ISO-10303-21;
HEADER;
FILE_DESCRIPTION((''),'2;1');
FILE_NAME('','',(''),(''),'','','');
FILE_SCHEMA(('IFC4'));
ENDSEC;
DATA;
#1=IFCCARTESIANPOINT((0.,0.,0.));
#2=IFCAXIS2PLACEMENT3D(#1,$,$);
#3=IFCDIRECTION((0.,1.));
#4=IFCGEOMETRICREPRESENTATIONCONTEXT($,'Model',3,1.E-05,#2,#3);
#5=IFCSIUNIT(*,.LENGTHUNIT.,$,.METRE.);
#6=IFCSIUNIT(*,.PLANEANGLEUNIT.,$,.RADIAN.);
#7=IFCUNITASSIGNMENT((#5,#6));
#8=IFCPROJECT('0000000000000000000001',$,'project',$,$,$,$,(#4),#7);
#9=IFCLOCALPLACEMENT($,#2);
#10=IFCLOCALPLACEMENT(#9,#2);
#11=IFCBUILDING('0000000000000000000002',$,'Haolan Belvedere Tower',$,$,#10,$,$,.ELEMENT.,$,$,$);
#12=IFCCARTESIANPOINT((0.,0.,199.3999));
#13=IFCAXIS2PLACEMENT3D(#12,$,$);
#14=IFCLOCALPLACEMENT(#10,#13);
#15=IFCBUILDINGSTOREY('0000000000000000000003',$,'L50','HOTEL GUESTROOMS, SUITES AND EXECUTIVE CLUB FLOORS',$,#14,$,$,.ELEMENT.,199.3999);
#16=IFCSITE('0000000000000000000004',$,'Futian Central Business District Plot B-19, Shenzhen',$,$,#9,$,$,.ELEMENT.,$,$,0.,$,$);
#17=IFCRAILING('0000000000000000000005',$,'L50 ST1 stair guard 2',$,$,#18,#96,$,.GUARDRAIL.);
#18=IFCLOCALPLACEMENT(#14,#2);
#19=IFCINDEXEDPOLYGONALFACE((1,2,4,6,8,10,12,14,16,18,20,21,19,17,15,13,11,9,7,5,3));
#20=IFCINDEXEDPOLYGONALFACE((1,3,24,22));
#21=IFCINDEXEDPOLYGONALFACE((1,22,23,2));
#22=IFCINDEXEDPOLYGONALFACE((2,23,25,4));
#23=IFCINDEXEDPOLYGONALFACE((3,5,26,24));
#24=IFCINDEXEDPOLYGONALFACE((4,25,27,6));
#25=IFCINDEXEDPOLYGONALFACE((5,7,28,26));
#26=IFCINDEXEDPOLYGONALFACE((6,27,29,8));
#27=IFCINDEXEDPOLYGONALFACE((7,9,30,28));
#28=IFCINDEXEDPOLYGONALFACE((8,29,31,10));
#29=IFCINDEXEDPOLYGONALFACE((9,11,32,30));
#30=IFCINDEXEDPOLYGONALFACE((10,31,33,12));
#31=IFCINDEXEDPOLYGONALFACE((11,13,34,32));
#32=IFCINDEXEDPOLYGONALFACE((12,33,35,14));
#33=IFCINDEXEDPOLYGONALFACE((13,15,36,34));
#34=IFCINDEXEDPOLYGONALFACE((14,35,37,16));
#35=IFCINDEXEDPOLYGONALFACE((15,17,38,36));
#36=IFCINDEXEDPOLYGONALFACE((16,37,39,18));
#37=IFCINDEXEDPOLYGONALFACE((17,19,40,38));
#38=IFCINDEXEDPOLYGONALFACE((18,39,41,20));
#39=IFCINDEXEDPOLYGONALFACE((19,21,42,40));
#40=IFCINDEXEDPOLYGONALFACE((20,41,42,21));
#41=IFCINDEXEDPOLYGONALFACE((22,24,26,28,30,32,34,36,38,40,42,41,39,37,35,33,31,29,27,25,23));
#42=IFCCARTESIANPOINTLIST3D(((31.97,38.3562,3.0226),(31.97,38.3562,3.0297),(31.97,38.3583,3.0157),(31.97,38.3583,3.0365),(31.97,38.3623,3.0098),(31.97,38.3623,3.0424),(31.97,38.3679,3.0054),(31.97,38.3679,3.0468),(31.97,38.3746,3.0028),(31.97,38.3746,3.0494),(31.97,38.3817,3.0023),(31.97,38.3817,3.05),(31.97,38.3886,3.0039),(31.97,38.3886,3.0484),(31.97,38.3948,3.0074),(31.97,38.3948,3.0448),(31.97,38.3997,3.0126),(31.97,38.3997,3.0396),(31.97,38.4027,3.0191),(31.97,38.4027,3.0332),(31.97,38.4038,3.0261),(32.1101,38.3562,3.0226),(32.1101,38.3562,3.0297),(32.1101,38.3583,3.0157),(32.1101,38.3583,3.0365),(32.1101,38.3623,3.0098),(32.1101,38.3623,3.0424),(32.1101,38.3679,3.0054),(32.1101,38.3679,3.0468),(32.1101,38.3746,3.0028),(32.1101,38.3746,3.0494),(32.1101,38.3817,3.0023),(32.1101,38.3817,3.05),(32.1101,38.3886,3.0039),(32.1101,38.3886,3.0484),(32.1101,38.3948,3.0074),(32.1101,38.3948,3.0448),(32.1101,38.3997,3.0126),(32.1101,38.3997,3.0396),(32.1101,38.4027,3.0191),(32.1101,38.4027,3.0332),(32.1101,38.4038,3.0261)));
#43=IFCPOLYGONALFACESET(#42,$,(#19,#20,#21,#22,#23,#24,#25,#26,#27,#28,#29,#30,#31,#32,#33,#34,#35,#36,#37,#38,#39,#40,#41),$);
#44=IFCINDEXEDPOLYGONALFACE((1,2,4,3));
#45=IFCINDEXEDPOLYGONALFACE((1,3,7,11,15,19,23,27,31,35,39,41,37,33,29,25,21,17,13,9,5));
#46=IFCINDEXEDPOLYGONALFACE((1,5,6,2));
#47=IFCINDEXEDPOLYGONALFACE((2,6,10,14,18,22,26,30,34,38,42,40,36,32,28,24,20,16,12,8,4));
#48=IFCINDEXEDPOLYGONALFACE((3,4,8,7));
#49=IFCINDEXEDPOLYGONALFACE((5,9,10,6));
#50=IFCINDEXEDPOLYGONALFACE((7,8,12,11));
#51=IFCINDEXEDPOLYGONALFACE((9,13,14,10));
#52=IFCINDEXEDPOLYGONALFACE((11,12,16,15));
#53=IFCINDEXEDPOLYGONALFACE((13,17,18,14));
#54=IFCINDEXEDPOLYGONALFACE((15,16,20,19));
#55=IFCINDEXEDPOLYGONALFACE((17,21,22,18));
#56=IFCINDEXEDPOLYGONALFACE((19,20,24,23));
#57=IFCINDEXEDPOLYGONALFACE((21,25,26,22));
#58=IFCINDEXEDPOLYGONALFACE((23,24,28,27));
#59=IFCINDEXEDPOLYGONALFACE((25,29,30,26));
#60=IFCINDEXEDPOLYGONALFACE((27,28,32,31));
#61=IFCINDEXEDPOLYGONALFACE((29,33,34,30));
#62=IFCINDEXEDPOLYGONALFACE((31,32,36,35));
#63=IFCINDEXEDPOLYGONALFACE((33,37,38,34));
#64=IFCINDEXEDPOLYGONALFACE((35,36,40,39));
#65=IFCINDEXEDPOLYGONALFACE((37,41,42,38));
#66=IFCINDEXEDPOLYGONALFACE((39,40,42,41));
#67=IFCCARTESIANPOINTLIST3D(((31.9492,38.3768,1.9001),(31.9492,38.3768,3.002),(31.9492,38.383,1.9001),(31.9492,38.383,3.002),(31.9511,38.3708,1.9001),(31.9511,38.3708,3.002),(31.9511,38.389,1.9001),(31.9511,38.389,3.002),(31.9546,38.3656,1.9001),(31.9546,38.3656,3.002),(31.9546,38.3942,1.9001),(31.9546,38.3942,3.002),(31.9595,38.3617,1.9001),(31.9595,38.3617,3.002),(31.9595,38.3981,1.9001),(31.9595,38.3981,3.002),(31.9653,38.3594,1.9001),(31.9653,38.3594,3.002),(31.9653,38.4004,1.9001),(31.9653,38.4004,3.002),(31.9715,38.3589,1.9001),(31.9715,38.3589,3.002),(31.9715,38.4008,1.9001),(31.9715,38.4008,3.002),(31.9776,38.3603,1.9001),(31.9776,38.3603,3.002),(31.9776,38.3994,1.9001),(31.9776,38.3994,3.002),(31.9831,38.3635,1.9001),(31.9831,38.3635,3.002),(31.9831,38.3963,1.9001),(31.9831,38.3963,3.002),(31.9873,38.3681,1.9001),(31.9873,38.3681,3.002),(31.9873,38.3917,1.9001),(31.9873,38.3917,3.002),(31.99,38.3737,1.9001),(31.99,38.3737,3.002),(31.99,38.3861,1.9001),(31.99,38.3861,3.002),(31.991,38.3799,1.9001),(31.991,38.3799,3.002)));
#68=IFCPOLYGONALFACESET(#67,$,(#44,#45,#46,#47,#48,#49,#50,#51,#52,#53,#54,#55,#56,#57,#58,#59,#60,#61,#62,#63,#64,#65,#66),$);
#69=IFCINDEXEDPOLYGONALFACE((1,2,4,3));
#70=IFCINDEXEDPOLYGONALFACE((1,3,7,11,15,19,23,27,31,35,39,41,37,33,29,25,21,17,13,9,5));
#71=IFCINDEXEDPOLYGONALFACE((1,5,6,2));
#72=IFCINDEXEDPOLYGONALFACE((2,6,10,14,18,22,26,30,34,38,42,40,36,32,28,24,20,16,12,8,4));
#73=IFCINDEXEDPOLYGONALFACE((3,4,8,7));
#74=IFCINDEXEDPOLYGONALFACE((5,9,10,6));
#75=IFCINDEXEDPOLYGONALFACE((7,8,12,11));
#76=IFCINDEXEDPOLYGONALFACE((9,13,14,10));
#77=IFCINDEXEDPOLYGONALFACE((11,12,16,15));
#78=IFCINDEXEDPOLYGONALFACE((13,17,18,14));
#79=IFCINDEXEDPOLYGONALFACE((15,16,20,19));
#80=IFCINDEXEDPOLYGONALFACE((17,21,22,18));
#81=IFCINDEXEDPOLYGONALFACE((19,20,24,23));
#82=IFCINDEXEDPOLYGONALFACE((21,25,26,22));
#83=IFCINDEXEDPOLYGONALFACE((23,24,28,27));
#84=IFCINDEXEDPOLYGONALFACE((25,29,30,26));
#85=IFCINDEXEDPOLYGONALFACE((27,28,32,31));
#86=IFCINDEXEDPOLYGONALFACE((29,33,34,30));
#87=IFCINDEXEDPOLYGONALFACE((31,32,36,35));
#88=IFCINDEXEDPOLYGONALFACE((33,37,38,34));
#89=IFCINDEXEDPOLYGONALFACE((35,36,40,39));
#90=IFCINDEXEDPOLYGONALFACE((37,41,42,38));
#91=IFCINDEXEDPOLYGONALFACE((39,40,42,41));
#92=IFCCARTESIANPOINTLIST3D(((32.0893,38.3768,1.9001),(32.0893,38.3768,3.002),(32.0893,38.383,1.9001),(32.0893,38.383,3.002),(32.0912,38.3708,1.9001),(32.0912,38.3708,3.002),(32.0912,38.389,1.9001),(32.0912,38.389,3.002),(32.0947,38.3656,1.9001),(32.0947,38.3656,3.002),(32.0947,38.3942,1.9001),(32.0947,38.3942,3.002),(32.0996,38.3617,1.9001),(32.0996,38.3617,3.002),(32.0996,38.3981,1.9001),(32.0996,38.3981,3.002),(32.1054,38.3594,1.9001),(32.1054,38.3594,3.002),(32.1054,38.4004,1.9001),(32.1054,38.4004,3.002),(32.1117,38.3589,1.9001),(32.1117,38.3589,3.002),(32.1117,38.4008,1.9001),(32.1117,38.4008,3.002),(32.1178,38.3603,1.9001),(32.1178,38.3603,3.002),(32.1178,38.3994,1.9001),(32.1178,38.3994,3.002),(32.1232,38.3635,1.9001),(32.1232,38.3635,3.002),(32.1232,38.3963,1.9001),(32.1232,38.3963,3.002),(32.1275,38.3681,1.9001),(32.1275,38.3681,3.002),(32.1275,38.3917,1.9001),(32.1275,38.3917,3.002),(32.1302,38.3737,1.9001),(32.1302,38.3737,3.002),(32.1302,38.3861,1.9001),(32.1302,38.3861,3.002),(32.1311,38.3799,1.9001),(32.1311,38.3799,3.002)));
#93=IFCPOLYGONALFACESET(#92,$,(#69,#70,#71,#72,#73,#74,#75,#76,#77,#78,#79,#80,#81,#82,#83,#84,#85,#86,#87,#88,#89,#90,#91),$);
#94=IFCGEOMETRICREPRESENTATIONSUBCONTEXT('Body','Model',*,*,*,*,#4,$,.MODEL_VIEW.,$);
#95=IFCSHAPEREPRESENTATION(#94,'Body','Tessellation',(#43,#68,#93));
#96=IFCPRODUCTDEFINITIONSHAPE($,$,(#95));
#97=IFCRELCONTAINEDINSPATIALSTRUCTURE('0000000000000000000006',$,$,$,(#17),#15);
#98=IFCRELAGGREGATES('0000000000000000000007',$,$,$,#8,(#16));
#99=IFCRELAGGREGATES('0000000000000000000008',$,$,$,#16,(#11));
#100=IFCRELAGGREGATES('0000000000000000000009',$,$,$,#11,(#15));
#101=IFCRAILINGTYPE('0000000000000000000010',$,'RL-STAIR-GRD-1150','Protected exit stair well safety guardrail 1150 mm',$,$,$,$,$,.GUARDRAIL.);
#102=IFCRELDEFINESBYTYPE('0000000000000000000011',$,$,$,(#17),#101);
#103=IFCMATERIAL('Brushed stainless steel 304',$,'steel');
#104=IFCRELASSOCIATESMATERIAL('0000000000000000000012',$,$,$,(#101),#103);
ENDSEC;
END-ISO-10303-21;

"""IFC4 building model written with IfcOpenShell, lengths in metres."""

from ifc_helpers import new_model, si_unit, direction, frame, origin, origin_2d, place, context, subcontext, project, spatial, circle, extrude, material, type_object, element, save


model = new_model("IFC4")

# Units and contexts
model_context = context("Model", 3, precision=1e-05, world=origin(), true_north=direction((0.0, 1.0)))
body_context = subcontext(model_context, "Body", "Model", "MODEL_VIEW")
ifc_project = project(units=[si_unit("LENGTHUNIT", "METRE"), si_unit("PLANEANGLEUNIT", "RADIAN")], contexts=[model_context])

# Site, building, storey
site_placement = place(None, origin())
site = spatial("IfcSite", under=ifc_project, at=site_placement, Name="Futian Central Business District Plot B-19, Shenzhen", CompositionType="ELEMENT", RefElevation=0.0)
building_placement = place(site_placement, origin())
building = spatial("IfcBuilding", under=site, at=building_placement, Name="Haolan Belvedere Tower", CompositionType="ELEMENT")
storey_placement = place(building_placement, frame((0.0, 0.0, 199.3999)))
storey = spatial("IfcBuildingStorey", under=building, at=storey_placement, Name="L50", Description="HOTEL GUESTROOMS, SUITES AND EXECUTIVE CLUB FLOORS", CompositionType="ELEMENT", Elevation=199.3999)

# Railing
ifc_material_1 = material(Name="Brushed stainless steel 304", Category="steel")
railing_type_1 = type_object("IfcRailingType", Name="RL-STAIR-GRD-1150", Description="Protected exit stair well safety guardrail 1150 mm", PredefinedType="GUARDRAIL", material=ifc_material_1)
railing_1_placement = place(storey_placement, frame((31.97, 38.3799, 1.9001)))
element("IfcRailing", 1, at=railing_1_placement, inside=storey, type_object=railing_type_1, Name="L50 ST1 stair guard 2", PredefinedType="GUARDRAIL", context=body_context, shape_type="SweptSolid", body=[
    extrude(circle(Radius=0.0239, at=origin_2d()), frame((0.0, 0.0, 1.126), z_axis=(1.0, 0.0, 0.0), x_axis=(0.0, 1.0, 0.0)), (0.0, 0.0, 1.0), 0.1401),
    extrude(circle(Radius=0.021, at=origin_2d()), origin(), (0.0, 0.0, 1.0), 1.1018),
    extrude(circle(Radius=0.021, at=origin_2d()), frame((0.1401, 0.0, 0.0)), (0.0, 0.0, 1.0), 1.1018),
])

save(model, "model.ifc")
